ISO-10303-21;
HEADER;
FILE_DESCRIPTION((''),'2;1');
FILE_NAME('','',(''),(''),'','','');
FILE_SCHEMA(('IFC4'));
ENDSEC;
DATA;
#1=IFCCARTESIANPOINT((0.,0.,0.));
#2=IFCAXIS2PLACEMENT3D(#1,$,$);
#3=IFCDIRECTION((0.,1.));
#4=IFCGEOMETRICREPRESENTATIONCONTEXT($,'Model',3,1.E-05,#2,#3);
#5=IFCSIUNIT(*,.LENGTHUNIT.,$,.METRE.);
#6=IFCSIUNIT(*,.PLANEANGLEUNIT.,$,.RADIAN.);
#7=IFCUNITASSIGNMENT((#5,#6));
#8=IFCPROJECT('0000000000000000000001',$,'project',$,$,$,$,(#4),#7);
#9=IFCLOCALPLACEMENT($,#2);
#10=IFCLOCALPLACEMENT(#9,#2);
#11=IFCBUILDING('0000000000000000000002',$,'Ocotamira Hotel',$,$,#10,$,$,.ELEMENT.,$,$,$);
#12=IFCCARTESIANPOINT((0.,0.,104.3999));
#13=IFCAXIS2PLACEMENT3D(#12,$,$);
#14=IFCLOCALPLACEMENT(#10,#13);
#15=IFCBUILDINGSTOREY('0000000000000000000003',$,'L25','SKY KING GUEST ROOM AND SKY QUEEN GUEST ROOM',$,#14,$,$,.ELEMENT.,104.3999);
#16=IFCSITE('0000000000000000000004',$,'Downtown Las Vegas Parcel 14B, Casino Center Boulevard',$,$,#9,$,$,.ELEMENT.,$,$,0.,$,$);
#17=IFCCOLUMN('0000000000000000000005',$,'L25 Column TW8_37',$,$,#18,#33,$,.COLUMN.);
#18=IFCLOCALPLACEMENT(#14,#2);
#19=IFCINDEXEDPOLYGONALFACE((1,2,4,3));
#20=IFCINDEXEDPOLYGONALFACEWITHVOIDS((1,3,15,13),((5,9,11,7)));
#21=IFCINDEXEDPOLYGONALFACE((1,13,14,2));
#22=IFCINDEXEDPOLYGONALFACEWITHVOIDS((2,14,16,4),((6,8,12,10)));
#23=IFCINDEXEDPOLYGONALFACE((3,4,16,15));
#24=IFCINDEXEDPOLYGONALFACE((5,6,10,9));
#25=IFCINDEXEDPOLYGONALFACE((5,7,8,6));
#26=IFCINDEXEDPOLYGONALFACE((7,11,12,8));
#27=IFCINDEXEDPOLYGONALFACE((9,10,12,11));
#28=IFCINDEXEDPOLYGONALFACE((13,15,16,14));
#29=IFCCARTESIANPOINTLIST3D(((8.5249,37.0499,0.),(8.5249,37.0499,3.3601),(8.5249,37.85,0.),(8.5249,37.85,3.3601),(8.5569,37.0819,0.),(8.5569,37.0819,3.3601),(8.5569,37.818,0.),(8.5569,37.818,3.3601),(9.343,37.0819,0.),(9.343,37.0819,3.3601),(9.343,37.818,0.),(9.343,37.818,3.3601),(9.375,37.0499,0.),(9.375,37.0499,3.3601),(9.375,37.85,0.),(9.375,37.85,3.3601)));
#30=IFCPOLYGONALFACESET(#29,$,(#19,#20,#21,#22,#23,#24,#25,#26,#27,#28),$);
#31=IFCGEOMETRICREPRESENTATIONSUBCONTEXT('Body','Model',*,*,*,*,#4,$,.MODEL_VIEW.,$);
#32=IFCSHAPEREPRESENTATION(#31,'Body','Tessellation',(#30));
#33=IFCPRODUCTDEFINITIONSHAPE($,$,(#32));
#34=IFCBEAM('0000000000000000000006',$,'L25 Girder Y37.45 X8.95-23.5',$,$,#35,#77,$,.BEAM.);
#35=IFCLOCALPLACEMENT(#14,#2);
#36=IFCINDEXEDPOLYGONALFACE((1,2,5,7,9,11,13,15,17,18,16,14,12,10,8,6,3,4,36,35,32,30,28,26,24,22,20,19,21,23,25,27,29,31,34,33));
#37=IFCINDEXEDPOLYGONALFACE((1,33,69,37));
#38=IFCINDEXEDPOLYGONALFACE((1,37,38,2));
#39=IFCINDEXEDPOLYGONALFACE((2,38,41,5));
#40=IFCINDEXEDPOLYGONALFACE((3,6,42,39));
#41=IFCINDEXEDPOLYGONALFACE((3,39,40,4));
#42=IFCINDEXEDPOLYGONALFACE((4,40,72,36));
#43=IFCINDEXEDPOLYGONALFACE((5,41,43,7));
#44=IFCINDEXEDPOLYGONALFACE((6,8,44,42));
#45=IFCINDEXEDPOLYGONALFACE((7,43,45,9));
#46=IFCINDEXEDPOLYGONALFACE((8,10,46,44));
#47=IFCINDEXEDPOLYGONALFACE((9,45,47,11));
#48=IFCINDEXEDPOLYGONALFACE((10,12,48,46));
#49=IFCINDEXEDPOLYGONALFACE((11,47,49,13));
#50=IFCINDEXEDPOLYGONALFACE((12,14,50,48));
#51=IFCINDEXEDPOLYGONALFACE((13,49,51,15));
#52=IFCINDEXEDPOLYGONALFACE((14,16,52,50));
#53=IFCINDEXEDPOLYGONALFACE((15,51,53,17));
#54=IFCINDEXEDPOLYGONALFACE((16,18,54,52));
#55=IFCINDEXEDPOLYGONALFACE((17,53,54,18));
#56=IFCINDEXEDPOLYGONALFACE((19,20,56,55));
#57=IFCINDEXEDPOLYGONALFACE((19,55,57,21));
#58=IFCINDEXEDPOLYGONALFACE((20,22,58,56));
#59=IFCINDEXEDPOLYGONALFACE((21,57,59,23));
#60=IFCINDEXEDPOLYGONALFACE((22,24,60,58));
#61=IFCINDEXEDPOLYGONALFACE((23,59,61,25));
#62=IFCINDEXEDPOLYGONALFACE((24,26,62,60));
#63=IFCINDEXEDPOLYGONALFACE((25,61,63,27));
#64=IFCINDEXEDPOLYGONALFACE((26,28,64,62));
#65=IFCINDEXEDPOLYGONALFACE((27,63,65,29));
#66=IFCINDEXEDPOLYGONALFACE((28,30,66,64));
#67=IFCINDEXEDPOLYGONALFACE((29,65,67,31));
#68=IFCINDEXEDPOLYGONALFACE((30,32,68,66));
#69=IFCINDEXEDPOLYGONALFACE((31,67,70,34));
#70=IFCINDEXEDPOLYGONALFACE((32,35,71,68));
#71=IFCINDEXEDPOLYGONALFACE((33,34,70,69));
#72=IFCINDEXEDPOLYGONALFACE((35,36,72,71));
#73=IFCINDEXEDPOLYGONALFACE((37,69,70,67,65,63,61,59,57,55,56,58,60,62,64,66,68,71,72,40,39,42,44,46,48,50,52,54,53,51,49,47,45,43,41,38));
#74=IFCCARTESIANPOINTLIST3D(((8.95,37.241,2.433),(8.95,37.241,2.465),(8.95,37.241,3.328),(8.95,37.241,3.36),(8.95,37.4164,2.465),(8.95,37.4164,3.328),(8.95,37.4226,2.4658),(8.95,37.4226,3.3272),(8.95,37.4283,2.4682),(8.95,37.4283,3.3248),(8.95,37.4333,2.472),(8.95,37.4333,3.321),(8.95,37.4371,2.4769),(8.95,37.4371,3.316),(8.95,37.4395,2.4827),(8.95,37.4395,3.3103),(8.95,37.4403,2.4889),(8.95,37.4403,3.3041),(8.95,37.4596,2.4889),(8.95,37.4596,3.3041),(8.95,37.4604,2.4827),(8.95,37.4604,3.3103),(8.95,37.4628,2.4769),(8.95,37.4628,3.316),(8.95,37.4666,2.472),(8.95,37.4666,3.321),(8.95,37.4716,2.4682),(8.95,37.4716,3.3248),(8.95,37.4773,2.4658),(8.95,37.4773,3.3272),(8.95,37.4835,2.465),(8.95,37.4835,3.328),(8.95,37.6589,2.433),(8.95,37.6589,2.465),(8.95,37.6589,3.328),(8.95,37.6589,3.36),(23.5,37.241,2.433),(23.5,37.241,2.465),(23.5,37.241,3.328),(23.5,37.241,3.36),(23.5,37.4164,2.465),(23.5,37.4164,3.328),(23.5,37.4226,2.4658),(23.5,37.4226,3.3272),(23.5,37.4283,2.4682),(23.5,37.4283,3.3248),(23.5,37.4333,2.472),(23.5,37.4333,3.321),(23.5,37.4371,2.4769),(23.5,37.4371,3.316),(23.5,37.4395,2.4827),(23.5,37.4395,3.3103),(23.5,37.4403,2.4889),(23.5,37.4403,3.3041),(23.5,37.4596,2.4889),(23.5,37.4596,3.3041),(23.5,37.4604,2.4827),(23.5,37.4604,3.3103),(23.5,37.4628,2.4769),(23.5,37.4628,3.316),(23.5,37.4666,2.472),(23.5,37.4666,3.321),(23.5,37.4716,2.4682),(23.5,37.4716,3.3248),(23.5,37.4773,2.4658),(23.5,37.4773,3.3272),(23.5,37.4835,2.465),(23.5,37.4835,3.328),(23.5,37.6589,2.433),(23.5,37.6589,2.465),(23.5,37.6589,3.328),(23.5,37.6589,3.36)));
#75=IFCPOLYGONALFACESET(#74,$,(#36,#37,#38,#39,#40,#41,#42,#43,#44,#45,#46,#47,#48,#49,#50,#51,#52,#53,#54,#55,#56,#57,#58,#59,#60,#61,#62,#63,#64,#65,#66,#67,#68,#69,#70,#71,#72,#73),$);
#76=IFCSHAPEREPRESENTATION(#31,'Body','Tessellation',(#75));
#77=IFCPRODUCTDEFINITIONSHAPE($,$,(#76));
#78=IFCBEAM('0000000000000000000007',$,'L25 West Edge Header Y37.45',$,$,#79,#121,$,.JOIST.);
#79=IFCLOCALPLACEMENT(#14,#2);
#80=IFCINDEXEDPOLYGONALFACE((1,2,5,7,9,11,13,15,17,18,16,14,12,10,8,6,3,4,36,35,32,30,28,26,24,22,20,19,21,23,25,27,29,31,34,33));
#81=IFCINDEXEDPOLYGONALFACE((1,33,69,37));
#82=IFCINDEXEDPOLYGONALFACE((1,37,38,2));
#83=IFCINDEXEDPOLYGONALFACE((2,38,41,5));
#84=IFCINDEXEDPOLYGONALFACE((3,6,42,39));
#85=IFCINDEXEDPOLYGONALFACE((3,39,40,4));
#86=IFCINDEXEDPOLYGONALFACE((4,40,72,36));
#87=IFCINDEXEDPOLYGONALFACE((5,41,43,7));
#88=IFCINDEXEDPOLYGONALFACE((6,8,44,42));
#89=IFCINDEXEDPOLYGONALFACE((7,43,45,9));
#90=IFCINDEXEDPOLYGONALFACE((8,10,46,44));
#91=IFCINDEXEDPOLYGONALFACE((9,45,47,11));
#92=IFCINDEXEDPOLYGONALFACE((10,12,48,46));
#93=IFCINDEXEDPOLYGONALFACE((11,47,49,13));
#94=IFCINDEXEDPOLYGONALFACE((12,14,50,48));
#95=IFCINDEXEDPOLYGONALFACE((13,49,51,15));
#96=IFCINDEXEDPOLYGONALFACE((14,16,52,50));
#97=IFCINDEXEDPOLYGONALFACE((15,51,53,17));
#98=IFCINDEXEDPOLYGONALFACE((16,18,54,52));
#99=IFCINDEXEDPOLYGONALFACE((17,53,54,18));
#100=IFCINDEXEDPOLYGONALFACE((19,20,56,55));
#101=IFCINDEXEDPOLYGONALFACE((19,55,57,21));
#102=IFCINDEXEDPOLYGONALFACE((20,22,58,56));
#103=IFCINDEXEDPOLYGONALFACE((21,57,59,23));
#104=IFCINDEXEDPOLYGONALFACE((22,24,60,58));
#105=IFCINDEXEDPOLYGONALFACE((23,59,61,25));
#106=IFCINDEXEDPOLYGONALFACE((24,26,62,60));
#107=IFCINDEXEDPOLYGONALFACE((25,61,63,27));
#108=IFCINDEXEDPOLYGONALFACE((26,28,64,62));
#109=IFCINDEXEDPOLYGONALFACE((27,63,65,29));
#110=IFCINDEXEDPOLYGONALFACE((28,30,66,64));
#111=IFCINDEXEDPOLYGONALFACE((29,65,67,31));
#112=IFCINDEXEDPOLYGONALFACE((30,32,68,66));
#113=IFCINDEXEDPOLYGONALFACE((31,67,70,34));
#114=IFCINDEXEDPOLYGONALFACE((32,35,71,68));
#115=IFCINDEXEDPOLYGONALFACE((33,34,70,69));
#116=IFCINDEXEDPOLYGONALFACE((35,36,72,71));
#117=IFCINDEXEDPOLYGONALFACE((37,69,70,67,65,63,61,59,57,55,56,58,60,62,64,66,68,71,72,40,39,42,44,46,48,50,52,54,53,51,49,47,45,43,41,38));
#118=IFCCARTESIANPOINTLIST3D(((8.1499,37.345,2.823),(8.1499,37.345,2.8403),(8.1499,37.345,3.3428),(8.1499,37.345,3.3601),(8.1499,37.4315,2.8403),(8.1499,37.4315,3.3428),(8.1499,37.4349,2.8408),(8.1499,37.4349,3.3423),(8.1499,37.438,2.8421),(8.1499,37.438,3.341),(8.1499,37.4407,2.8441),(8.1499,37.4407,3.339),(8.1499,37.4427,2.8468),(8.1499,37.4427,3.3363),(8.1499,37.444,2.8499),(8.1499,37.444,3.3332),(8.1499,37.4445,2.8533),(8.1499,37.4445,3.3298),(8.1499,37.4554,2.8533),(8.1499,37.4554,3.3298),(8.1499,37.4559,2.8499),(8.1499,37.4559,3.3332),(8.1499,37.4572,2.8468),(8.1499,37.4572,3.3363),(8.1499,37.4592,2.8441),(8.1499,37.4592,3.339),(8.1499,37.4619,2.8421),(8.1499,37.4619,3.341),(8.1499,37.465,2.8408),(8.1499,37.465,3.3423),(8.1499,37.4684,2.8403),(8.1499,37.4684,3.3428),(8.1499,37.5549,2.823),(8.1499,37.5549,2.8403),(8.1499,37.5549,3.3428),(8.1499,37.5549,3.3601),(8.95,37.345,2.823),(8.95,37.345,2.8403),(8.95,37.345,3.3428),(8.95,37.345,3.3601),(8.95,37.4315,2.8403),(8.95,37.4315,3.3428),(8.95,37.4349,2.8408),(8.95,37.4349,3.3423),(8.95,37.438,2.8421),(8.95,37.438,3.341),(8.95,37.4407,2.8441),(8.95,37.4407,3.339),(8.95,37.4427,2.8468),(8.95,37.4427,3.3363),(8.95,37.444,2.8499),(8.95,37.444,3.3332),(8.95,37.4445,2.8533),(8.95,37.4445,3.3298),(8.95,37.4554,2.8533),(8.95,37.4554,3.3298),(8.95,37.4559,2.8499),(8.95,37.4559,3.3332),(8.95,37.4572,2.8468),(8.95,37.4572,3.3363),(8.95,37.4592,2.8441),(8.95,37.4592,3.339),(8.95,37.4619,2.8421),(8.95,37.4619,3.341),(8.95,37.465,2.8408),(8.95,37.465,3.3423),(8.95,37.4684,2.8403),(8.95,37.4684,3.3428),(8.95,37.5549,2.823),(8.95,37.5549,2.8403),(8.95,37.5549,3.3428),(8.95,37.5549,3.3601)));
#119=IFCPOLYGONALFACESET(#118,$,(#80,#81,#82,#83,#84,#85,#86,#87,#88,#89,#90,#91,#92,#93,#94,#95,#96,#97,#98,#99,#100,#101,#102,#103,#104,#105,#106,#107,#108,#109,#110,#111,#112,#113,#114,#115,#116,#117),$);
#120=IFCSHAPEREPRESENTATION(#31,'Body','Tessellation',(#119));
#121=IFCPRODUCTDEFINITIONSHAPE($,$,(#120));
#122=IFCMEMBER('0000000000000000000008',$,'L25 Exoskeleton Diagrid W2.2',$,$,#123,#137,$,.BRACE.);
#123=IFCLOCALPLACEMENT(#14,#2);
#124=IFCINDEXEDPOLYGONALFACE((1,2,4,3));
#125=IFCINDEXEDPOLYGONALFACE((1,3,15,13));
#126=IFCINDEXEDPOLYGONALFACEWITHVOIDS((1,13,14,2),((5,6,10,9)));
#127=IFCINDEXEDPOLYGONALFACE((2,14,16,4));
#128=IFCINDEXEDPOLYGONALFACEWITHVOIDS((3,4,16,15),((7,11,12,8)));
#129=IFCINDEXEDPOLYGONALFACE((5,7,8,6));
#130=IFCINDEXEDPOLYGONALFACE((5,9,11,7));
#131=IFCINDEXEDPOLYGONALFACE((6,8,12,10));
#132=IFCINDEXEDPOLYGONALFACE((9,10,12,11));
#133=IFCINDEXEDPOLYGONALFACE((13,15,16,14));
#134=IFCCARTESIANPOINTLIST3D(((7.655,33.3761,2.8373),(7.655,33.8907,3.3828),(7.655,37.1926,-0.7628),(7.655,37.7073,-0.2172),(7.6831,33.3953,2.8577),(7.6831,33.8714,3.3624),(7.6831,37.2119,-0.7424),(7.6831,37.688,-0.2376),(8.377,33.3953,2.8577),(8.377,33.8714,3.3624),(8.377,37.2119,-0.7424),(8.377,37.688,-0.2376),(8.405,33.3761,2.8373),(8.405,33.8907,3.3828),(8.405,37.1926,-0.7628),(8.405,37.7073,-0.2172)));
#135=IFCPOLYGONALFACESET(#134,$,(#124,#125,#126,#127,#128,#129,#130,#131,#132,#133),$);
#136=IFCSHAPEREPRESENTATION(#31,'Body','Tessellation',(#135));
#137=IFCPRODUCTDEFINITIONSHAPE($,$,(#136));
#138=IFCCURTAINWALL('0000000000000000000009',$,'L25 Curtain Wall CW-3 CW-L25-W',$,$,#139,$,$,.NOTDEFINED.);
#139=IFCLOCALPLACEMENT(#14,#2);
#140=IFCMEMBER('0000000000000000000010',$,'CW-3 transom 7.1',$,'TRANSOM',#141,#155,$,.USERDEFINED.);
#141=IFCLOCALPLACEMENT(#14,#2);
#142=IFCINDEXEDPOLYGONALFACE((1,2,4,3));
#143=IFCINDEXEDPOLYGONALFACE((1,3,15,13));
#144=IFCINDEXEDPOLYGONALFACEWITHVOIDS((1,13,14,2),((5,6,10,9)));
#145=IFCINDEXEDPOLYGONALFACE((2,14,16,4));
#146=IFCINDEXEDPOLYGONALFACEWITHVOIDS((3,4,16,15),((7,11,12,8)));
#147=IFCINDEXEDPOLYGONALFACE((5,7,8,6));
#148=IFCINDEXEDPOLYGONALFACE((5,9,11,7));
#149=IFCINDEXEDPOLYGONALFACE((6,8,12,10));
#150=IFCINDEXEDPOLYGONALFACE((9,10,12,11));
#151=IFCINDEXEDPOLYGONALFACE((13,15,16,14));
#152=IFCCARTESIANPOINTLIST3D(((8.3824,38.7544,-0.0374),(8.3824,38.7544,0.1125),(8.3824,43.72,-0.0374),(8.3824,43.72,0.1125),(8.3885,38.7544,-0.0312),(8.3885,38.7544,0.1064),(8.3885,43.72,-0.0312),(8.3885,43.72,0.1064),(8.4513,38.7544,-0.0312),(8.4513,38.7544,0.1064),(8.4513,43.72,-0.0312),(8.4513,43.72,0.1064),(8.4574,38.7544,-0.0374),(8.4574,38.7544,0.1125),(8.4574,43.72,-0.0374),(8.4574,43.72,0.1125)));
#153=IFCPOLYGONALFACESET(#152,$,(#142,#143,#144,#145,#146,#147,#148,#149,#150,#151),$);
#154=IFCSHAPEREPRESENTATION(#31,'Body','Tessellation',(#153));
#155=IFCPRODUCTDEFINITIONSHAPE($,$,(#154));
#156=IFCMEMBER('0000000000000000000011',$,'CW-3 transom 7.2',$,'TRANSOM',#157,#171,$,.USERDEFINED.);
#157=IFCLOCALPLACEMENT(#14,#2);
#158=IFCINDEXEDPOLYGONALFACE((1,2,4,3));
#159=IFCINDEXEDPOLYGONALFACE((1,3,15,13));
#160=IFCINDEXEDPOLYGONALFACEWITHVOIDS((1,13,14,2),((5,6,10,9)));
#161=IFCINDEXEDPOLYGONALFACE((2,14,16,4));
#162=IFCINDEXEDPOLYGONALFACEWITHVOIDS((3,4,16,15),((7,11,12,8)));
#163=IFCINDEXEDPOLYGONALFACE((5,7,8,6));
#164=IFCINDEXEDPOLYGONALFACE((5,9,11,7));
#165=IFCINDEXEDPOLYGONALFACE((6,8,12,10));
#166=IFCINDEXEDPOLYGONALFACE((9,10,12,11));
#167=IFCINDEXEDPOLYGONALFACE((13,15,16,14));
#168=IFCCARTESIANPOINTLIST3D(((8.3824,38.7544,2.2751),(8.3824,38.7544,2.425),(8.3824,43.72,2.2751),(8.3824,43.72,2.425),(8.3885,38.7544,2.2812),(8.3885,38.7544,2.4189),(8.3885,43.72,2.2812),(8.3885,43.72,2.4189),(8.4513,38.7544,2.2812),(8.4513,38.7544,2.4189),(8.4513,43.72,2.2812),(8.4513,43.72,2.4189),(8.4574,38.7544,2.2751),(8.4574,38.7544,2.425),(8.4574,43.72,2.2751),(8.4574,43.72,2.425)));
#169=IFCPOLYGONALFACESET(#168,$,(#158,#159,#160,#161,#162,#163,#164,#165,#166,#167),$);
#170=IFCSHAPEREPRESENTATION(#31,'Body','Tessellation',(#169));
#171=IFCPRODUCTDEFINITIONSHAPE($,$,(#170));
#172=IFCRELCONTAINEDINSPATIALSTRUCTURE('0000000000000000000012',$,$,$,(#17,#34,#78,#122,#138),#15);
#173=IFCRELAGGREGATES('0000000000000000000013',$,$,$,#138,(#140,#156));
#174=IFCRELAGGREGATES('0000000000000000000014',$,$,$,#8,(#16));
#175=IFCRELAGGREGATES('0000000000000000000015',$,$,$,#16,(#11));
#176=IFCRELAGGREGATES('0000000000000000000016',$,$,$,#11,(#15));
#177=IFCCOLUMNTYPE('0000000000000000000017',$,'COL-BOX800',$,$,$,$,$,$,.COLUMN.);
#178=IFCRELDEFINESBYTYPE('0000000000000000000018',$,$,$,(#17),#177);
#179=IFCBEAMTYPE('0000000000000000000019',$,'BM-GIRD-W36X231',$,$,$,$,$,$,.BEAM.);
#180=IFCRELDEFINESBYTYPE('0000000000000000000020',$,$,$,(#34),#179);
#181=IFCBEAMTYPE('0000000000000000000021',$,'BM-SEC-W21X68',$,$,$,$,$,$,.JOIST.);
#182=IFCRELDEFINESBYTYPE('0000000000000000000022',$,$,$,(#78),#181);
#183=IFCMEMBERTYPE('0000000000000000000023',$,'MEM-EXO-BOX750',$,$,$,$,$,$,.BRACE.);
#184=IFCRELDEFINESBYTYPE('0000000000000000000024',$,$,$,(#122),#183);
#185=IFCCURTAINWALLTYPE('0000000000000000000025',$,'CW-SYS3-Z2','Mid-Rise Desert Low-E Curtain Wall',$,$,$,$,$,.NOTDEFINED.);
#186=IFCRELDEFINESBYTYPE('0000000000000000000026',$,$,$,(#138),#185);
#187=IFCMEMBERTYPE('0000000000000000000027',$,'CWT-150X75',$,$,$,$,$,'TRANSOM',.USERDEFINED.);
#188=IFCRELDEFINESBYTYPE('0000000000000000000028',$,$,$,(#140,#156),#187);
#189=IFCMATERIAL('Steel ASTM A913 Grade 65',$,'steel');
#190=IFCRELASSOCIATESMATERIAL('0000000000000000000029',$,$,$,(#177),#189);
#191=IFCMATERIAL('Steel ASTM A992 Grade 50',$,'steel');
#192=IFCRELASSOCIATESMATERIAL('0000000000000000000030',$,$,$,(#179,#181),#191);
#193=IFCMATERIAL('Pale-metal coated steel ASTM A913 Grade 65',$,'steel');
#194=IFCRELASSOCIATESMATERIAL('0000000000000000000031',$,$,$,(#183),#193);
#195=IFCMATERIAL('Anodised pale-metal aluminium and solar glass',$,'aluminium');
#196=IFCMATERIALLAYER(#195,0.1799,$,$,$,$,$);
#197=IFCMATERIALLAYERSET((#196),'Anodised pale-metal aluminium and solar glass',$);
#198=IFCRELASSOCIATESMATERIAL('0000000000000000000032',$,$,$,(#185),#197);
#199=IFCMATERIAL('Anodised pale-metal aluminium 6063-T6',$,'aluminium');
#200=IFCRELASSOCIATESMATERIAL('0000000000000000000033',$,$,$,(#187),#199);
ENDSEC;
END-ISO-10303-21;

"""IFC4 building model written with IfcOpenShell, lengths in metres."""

from ifc_helpers import new_model, si_unit, direction, frame, origin, origin_2d, place, context, subcontext, project, spatial, hollow_rectangle, i_section, extrude, source, transform, mapped, material, layer, layer_set, material_profile, profile_set, type_object, element, aggregate, save


model = new_model("IFC4")

# Units and contexts
model_context = context("Model", 3, precision=1e-05, world=origin(), true_north=direction((0.0, 1.0)))
body_context = subcontext(model_context, "Body", "Model", "MODEL_VIEW")
ifc_project = project(units=[si_unit("LENGTHUNIT", "METRE"), si_unit("PLANEANGLEUNIT", "RADIAN")], contexts=[model_context])

# Site, building, storey
site_placement = place(None, origin())
site = spatial("IfcSite", under=ifc_project, at=site_placement, Name="Downtown Las Vegas Parcel 14B, Casino Center Boulevard", CompositionType="ELEMENT", RefElevation=0.0)
building_placement = place(site_placement, origin())
building = spatial("IfcBuilding", under=site, at=building_placement, Name="Ocotamira Hotel", CompositionType="ELEMENT")
storey_placement = place(building_placement, frame((0.0, 0.0, 104.3999)))
storey = spatial("IfcBuildingStorey", under=building, at=storey_placement, Name="L25", Description="SKY KING GUEST ROOM AND SKY QUEEN GUEST ROOM", CompositionType="ELEMENT", Elevation=104.3999)

# Column
ifc_material_1 = material(Name="Steel ASTM A913 Grade 65", Category="steel")
ifc_material_profile_1 = material_profile(ifc_material_1, hollow_rectangle(XDim=0.8501, YDim=0.8, WallThickness=0.032, at=origin_2d()), Name="BOX800X850X32")
ifc_profile_set_1 = profile_set([ifc_material_profile_1], Name="Steel ASTM A913 Grade 65")
column_type = type_object("IfcColumnType", Name="COL-BOX800", PredefinedType="COLUMN", material=ifc_profile_set_1)
shared_shape_1 = source(origin(), body_context, "Body", "SweptSolid", [
    extrude(hollow_rectangle(XDim=0.8501, YDim=0.8, WallThickness=0.032, at=origin_2d()), origin(), (0.0, 0.0, 1.0), 3.3601),
])
column_placement = place(storey_placement, frame((8.95, 37.45, 0.0), z_axis=(0.0, 0.0, 1.0), x_axis=(1.0, 0.0, 0.0)))
element("IfcColumn", 1, at=column_placement, inside=storey, type_object=column_type, Name="L25 Column TW8_37", PredefinedType="COLUMN", context=body_context, shape_type="MappedRepresentation", body=[
    mapped(shared_shape_1, transform((0.0, 0.0, 0.0), scale=1.0)),
])

# Beams
ifc_material_2 = material(Name="Steel ASTM A992 Grade 50", Category="steel")
ifc_material_profile_2 = material_profile(ifc_material_2, i_section(OverallWidth=0.418, OverallDepth=0.927, WebThickness=0.0193, FlangeThickness=0.032, FilletRadius=0.0239, at=origin_2d()), Name="W36X231")
ifc_profile_set_2 = profile_set([ifc_material_profile_2], Name="Steel ASTM A992 Grade 50")
beam_type_1 = type_object("IfcBeamType", Name="BM-GIRD-W36X231", PredefinedType="BEAM", material=ifc_profile_set_2)
shared_shape_2 = source(origin(), body_context, "Body", "SweptSolid", [
    extrude(i_section(OverallWidth=0.418, OverallDepth=0.927, WebThickness=0.0193, FlangeThickness=0.032, FilletRadius=0.0239, at=origin_2d()), origin(), (0.0, 0.0, 1.0), 14.55),
])
beam_1_placement = place(storey_placement, frame((8.95, 37.45, 2.8965), z_axis=(1.0, 0.0, 0.0), x_axis=(0.0, 1.0, 0.0)))
element("IfcBeam", 2, at=beam_1_placement, inside=storey, type_object=beam_type_1, Name="L25 Girder Y37.45 X8.95-23.5", PredefinedType="BEAM", context=body_context, shape_type="MappedRepresentation", body=[
    mapped(shared_shape_2, transform((0.0, 0.0, 0.0), scale=1.0)),
])
ifc_material_profile_3 = material_profile(ifc_material_2, i_section(OverallWidth=0.21, OverallDepth=0.5371, WebThickness=0.011, FlangeThickness=0.0173, FilletRadius=0.0129, at=origin_2d()), Name="W21X68")
ifc_profile_set_3 = profile_set([ifc_material_profile_3], Name="Steel ASTM A992 Grade 50")
beam_type_2 = type_object("IfcBeamType", Name="BM-SEC-W21X68", PredefinedType="JOIST", material=ifc_profile_set_3)
shared_shape_3 = source(origin(), body_context, "Body", "SweptSolid", [
    extrude(i_section(OverallWidth=0.21, OverallDepth=0.5371, WebThickness=0.011, FlangeThickness=0.0173, FilletRadius=0.0129, at=origin_2d()), origin(), (0.0, 0.0, 1.0), 0.8),
])
beam_2_placement = place(storey_placement, frame((8.95, 37.45, 3.0916), z_axis=(-1.0, 0.0, 0.0), x_axis=(0.0, -1.0, 0.0)))
element("IfcBeam", 3, at=beam_2_placement, inside=storey, type_object=beam_type_2, Name="L25 West Edge Header Y37.45", PredefinedType="JOIST", context=body_context, shape_type="MappedRepresentation", body=[
    mapped(shared_shape_3, transform((0.0, 0.0, 0.0), scale=1.0)),
])

# Member
ifc_material_3 = material(Name="Pale-metal coated steel ASTM A913 Grade 65", Category="steel")
ifc_material_profile_4 = material_profile(ifc_material_3, hollow_rectangle(XDim=0.75, YDim=0.75, WallThickness=0.0281, at=origin_2d()), Name="BOX750X750X28")
ifc_profile_set_4 = profile_set([ifc_material_profile_4], Name="Pale-metal coated steel ASTM A913 Grade 65")
member_type_1 = type_object("IfcMemberType", Name="MEM-EXO-BOX750", PredefinedType="BRACE", material=ifc_profile_set_4)
shared_shape_4 = source(origin(), body_context, "Body", "SweptSolid", [
    extrude(hollow_rectangle(XDim=0.75, YDim=0.75, WallThickness=0.0281, at=origin_2d()), origin(), (0.0, 0.0, 1.0), 5.2466),
])
member_1_placement = place(storey_placement, frame((8.03, 37.45, -0.49), z_axis=(0.0, -0.727443, 0.686168), x_axis=(1.0, 0.0, 0.0)))
element("IfcMember", 4, at=member_1_placement, inside=storey, type_object=member_type_1, Name="L25 Exoskeleton Diagrid W2.2", PredefinedType="BRACE", context=body_context, shape_type="MappedRepresentation", body=[
    mapped(shared_shape_4, transform((0.0, 0.0, 0.0), scale=1.0)),
])

# Curtain wall, members
ifc_material_4 = material(Name="Anodised pale-metal aluminium and solar glass", Category="aluminium")
ifc_layer_1 = layer(ifc_material_4, 0.1799)
ifc_layer_set_1 = layer_set([ifc_layer_1], Name="Anodised pale-metal aluminium and solar glass")
curtain_wall_type = type_object("IfcCurtainWallType", Name="CW-SYS3-Z2", Description="Mid-Rise Desert Low-E Curtain Wall", PredefinedType="NOTDEFINED", material=ifc_layer_set_1)
curtain_wall_placement = place(storey_placement, origin())
curtain_wall = element("IfcCurtainWall", 5, at=curtain_wall_placement, inside=storey, type_object=curtain_wall_type, Name="L25 Curtain Wall CW-3 CW-L25-W", PredefinedType="NOTDEFINED")
ifc_material_5 = material(Name="Anodised pale-metal aluminium 6063-T6", Category="aluminium")
ifc_material_profile_5 = material_profile(ifc_material_5, hollow_rectangle(XDim=0.075, YDim=0.1499, WallThickness=0.0061, at=origin_2d()), Name="HSS150X75X6")
ifc_profile_set_5 = profile_set([ifc_material_profile_5], Name="Anodised pale-metal aluminium 6063-T6")
member_type_2 = type_object("IfcMemberType", Name="CWT-150X75", ElementType="TRANSOM", PredefinedType="USERDEFINED", material=ifc_profile_set_5)
shared_shape_5 = source(origin(), body_context, "Body", "SweptSolid", [
    extrude(hollow_rectangle(XDim=0.075, YDim=0.1499, WallThickness=0.0061, at=origin_2d()), origin(), (0.0, 0.0, 1.0), 4.9656),
])
member_2_placement = place(storey_placement, frame((8.4199, 38.7544, 0.0376), z_axis=(0.0, 1.0, 0.0), x_axis=(-1.0, 0.0, 0.0)))
member_2 = element("IfcMember", 6, at=member_2_placement, type_object=member_type_2, Name="CW-3 transom 7.1", ObjectType="TRANSOM", PredefinedType="USERDEFINED", context=body_context, shape_type="MappedRepresentation", body=[
    mapped(shared_shape_5, transform((0.0, 0.0, 0.0), scale=1.0)),
])
member_3_placement = place(storey_placement, frame((8.4199, 38.7544, 2.3501), z_axis=(0.0, 1.0, 0.0), x_axis=(-1.0, 0.0, 0.0)))
member_3 = element("IfcMember", 7, at=member_3_placement, type_object=member_type_2, Name="CW-3 transom 7.2", ObjectType="TRANSOM", PredefinedType="USERDEFINED", context=body_context, shape_type="MappedRepresentation", body=[
    mapped(shared_shape_5, transform((0.0, 0.0, 0.0), scale=1.0)),
])
aggregate(curtain_wall, [member_2, member_3])

save(model, "model.ifc")
